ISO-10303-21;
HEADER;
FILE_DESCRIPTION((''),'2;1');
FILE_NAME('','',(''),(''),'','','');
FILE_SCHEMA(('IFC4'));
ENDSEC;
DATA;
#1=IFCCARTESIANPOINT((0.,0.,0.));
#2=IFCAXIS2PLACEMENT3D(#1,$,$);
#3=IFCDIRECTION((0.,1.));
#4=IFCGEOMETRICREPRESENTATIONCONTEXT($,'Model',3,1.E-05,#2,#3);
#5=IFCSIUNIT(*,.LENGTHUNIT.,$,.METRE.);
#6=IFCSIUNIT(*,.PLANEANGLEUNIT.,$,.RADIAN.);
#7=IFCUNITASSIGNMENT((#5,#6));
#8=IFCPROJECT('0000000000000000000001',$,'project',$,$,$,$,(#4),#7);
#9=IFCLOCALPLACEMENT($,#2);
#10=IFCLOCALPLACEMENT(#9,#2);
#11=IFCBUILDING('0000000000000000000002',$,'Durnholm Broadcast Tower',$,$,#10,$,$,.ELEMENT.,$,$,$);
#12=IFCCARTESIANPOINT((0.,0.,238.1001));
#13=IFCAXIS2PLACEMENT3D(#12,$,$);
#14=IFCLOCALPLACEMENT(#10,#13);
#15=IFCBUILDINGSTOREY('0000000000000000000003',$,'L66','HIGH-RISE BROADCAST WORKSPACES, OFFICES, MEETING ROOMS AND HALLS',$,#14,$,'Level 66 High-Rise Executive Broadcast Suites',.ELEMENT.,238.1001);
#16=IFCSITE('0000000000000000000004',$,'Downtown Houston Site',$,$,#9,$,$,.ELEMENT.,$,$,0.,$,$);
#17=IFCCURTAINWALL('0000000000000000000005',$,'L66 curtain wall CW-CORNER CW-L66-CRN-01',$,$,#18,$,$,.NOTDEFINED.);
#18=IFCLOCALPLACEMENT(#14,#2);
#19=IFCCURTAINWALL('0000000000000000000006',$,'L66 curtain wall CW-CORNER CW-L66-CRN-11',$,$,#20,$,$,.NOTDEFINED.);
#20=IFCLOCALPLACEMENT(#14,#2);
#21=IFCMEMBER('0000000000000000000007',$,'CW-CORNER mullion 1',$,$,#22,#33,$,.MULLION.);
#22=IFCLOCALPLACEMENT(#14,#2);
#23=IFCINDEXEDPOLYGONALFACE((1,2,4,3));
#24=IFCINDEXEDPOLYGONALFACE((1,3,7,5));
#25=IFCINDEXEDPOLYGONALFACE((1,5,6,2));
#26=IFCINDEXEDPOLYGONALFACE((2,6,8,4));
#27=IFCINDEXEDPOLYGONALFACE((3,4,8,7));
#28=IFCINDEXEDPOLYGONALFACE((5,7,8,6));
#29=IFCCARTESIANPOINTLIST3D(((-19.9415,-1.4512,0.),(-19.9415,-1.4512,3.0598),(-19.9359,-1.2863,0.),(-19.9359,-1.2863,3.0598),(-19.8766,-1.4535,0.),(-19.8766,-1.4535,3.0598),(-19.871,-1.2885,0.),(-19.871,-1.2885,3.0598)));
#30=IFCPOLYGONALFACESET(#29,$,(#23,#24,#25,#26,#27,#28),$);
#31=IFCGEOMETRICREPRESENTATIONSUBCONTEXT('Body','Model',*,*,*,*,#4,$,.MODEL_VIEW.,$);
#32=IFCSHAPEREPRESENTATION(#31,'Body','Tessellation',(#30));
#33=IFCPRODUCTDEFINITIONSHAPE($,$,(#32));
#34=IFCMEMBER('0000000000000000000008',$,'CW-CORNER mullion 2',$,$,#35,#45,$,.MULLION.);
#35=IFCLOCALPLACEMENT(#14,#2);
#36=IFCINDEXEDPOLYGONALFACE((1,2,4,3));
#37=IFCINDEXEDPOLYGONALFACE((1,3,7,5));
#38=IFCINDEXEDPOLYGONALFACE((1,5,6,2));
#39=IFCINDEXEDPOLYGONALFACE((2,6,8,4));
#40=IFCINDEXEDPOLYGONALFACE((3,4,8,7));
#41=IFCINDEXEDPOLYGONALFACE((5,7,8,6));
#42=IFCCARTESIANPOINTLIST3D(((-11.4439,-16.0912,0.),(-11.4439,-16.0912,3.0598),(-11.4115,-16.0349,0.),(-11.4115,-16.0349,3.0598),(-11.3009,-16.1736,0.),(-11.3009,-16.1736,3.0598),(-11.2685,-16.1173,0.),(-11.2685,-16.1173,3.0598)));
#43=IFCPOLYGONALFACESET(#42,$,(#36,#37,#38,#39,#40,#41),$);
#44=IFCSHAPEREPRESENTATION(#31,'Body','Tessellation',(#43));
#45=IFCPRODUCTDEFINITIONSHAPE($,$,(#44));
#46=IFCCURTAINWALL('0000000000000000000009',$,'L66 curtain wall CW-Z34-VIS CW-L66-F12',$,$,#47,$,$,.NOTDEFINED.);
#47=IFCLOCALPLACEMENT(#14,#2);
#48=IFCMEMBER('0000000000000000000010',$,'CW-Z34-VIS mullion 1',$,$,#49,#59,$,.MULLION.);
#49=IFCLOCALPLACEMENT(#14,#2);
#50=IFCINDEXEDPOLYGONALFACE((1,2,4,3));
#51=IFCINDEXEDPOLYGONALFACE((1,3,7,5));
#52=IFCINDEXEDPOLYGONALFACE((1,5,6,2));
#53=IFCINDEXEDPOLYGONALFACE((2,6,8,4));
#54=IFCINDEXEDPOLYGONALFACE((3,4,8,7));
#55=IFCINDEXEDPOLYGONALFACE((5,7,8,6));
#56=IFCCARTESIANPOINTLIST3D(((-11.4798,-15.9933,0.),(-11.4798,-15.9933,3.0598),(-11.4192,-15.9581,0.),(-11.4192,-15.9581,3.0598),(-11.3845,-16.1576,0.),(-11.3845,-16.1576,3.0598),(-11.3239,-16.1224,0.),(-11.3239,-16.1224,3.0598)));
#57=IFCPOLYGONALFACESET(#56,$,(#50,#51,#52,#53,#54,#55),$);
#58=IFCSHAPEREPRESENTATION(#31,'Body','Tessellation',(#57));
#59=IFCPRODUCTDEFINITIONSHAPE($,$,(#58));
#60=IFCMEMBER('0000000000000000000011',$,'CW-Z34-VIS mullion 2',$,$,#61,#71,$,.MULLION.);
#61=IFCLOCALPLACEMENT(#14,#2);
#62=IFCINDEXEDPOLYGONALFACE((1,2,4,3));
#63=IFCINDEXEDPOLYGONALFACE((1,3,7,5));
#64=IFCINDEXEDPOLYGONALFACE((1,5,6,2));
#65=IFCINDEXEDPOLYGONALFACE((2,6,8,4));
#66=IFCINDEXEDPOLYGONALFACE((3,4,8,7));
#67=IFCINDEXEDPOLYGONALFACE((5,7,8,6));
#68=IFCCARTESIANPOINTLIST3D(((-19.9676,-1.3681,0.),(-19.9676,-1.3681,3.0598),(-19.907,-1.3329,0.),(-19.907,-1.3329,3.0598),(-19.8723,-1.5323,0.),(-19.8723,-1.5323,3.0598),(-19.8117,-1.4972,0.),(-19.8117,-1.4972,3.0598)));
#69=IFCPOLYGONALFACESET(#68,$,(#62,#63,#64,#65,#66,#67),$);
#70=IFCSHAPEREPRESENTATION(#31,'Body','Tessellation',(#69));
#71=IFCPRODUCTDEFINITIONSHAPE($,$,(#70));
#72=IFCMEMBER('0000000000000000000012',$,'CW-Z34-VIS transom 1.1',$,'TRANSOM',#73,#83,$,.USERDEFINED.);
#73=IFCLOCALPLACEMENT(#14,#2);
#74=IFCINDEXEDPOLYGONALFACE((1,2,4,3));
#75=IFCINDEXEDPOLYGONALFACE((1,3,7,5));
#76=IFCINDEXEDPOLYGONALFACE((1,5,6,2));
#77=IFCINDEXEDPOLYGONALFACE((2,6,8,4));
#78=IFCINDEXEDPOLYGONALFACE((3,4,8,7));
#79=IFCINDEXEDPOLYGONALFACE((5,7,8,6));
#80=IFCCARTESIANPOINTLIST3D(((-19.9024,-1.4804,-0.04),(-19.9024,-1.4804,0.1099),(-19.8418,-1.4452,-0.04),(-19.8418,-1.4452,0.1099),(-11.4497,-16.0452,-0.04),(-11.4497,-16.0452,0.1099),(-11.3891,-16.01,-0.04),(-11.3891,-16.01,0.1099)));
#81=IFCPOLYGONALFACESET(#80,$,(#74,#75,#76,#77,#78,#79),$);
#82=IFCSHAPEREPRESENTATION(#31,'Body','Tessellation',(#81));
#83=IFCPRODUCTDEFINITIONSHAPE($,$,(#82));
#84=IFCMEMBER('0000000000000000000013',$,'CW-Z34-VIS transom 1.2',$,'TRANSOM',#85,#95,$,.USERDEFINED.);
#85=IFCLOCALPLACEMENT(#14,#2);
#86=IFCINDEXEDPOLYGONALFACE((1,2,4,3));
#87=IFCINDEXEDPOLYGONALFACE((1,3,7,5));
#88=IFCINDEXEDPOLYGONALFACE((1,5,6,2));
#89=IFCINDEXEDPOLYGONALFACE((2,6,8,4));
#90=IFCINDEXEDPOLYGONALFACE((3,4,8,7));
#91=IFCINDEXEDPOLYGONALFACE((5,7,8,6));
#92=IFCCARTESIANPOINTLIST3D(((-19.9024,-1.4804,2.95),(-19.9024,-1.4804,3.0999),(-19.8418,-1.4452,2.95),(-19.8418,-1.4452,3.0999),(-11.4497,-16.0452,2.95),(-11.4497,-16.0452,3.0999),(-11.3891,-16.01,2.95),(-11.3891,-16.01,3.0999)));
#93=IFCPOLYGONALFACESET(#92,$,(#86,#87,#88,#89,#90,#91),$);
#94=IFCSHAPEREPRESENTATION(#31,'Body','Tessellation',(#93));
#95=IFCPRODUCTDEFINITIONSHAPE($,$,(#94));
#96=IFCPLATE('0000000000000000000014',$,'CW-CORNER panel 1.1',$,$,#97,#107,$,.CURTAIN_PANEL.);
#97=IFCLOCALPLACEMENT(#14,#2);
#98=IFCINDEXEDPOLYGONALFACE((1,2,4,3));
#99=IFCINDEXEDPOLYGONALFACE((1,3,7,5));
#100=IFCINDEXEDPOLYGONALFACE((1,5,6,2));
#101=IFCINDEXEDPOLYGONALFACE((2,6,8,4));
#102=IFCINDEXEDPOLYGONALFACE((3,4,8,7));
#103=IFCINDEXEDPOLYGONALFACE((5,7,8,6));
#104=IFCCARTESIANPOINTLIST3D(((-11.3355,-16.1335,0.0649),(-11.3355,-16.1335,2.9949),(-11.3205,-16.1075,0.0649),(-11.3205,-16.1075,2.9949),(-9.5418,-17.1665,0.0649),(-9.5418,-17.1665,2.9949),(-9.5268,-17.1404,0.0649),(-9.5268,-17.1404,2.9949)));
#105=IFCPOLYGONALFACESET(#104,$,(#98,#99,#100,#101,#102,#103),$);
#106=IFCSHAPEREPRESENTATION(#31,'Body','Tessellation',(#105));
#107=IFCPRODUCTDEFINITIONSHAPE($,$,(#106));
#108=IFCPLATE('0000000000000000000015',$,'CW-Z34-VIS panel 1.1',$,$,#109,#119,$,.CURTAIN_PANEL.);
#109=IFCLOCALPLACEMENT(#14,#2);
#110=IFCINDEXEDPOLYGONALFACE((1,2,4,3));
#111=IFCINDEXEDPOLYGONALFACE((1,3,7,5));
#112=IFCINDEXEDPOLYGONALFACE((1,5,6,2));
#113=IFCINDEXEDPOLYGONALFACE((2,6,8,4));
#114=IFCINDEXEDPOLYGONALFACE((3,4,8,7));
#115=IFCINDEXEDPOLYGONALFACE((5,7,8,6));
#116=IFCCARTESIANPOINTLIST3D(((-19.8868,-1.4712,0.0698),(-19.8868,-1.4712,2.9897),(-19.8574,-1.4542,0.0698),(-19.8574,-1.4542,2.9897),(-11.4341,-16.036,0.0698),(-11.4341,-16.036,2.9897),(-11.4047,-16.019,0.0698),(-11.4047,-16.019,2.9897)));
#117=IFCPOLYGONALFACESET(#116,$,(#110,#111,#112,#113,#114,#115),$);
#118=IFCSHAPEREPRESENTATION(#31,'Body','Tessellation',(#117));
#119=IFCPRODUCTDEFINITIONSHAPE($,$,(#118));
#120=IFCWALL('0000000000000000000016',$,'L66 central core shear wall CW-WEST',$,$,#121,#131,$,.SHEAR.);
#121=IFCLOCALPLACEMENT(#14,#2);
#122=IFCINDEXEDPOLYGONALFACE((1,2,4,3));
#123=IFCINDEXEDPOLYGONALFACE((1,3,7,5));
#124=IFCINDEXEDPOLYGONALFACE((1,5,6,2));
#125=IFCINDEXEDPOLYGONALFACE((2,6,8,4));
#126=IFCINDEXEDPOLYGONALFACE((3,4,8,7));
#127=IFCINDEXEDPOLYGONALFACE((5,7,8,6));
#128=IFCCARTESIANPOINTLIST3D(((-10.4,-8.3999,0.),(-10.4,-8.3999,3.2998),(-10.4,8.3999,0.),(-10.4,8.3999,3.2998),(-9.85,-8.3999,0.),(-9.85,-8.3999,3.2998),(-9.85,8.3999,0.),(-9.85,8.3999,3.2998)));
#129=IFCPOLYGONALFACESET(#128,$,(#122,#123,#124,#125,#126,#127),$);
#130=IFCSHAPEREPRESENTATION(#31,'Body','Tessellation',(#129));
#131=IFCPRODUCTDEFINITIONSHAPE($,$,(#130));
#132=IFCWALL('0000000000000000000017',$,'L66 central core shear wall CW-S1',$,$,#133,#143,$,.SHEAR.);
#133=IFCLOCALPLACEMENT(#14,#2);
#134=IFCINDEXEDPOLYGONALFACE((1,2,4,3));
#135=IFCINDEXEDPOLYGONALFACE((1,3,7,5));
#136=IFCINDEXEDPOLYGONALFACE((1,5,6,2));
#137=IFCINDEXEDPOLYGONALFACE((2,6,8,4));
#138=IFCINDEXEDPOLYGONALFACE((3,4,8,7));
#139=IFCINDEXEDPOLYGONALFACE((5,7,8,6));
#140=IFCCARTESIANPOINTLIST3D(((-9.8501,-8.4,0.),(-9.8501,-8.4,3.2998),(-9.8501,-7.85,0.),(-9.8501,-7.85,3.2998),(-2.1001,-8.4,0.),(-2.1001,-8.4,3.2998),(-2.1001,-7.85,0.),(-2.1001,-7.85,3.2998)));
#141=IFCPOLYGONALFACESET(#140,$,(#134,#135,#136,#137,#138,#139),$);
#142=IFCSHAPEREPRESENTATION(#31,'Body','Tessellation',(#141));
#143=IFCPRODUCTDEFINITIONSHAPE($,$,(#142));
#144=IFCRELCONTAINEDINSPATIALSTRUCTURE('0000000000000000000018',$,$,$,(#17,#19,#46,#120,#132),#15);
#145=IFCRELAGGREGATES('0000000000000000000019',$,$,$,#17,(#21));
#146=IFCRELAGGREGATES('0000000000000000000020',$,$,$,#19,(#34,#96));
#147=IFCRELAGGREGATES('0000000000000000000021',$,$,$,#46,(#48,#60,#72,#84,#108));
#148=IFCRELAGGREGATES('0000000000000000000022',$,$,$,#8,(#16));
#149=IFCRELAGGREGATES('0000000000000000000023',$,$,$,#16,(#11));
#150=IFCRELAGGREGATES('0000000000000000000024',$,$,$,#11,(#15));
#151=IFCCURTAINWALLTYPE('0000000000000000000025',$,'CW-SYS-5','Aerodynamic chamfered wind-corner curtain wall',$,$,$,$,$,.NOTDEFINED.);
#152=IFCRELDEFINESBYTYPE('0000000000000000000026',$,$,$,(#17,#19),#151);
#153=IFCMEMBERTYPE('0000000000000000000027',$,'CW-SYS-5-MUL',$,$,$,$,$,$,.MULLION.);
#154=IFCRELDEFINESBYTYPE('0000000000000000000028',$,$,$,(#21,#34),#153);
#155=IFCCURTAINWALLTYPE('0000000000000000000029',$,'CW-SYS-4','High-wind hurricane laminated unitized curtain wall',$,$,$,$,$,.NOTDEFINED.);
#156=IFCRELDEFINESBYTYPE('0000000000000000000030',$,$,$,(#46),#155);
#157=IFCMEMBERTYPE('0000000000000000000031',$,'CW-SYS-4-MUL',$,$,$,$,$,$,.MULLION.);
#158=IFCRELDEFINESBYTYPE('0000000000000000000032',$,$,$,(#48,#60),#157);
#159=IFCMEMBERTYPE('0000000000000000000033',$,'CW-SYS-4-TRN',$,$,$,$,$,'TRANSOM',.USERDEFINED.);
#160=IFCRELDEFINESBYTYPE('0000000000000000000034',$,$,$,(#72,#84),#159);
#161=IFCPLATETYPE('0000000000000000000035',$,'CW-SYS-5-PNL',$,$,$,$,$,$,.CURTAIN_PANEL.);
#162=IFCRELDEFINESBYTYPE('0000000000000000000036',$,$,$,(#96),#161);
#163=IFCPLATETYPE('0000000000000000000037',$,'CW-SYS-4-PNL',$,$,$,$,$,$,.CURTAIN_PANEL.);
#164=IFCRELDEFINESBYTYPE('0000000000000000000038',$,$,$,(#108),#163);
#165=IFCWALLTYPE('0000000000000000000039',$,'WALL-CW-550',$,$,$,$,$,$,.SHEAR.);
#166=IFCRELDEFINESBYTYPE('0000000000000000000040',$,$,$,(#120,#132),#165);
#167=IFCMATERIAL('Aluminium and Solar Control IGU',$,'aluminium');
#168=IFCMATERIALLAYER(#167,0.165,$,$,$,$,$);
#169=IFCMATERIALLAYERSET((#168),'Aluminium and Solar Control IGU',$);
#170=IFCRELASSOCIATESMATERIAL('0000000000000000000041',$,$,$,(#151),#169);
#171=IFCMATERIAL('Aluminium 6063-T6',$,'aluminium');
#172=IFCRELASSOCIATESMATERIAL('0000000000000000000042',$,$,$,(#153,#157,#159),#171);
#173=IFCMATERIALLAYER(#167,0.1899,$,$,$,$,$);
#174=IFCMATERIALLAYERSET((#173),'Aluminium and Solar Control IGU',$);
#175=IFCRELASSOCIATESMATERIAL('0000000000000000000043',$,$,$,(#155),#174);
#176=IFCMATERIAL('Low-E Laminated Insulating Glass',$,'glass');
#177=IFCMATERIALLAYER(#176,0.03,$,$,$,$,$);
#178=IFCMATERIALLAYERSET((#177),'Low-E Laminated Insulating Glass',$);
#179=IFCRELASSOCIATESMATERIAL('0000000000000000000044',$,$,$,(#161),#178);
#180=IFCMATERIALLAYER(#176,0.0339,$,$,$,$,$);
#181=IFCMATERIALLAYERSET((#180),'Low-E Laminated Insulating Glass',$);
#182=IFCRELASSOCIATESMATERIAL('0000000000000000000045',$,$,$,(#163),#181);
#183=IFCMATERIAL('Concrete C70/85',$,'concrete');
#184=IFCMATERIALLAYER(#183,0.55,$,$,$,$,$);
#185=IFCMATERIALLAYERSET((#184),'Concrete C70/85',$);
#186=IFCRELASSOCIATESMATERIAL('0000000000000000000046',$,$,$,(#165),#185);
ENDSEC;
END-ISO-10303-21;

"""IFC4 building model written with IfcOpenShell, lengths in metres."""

from ifc_helpers import new_model, si_unit, direction, frame, frame_2d, origin, origin_2d, place, context, subcontext, project, spatial, rectangle, extrude, source, transform, mapped, material, layer, layer_set, material_profile, profile_set, type_object, type_shapes, element, aggregate, save


model = new_model("IFC4")

# Units and contexts
model_context = context("Model", 3, precision=1e-05, world=origin(), true_north=direction((0.0, 1.0)))
body_context = subcontext(model_context, "Body", "Model", "MODEL_VIEW")
ifc_project = project(units=[si_unit("LENGTHUNIT", "METRE"), si_unit("PLANEANGLEUNIT", "RADIAN")], contexts=[model_context])

# Site, building, storey
site_placement = place(None, origin())
site = spatial("IfcSite", under=ifc_project, at=site_placement, Name="Downtown Houston Site", CompositionType="ELEMENT", RefElevation=0.0)
building_placement = place(site_placement, origin())
building = spatial("IfcBuilding", under=site, at=building_placement, Name="Durnholm Broadcast Tower", CompositionType="ELEMENT")
storey_placement = place(building_placement, frame((0.0, 0.0, 238.1001)))
storey = spatial("IfcBuildingStorey", under=building, at=storey_placement, Name="L66", Description="HIGH-RISE BROADCAST WORKSPACES, OFFICES, MEETING ROOMS AND HALLS", LongName="Level 66 High-Rise Executive Broadcast Suites", CompositionType="ELEMENT", Elevation=238.1001)

# Shared definitions
ifc_material_1 = material(Name="Concrete C70/85", Category="concrete")

# Curtain wall
ifc_material_2 = material(Name="Aluminium and Solar Control IGU", Category="aluminium")
ifc_layer_1 = layer(ifc_material_2, 0.165)
ifc_layer_set_1 = layer_set([ifc_layer_1], Name="Aluminium and Solar Control IGU")
curtain_wall_type_1 = type_object("IfcCurtainWallType", Name="CW-SYS-5", Description="Aerodynamic chamfered wind-corner curtain wall", PredefinedType="NOTDEFINED", material=ifc_layer_set_1)
curtain_wall_1_placement = place(storey_placement, origin())
curtain_wall_1 = element("IfcCurtainWall", 1, at=curtain_wall_1_placement, inside=storey, type_object=curtain_wall_type_1, Name="L66 curtain wall CW-CORNER CW-L66-CRN-01", PredefinedType="NOTDEFINED")
ifc_material_3 = material(Name="Aluminium 6063-T6", Category="aluminium")

# Curtain wall
curtain_wall_2_placement = place(storey_placement, origin())
curtain_wall_2 = element("IfcCurtainWall", 2, at=curtain_wall_2_placement, inside=storey, type_object=curtain_wall_type_1, Name="L66 curtain wall CW-CORNER CW-L66-CRN-11", PredefinedType="NOTDEFINED")

# Members
ifc_material_profile_1 = material_profile(ifc_material_3, rectangle(XDim=0.0649, YDim=0.165, at=origin_2d()), Name="CWM65X165")
ifc_profile_set_1 = profile_set([ifc_material_profile_1], Name="Aluminium 6063-T6")
member_type_1 = type_object("IfcMemberType", Name="CW-SYS-5-MUL", PredefinedType="MULLION", material=ifc_profile_set_1)
shared_shape_1 = source(origin(), body_context, "Body", "SweptSolid", [
    extrude(rectangle(XDim=0.0649, YDim=0.165, at=origin_2d()), origin(), (0.0, 0.0, 1.0), 3.0598),
])
type_shapes(member_type_1, [shared_shape_1])
member_1_placement = place(storey_placement, frame((-19.9062, -1.3699, 0.0), z_axis=(0.0, 0.0, 1.0), x_axis=(-0.999411, 0.034318, 0.0)))
member_1 = element("IfcMember", 3, at=member_1_placement, type_object=member_type_1, Name="CW-CORNER mullion 1", PredefinedType="MULLION", context=body_context, shape_type="MappedRepresentation", body=[
    mapped(shared_shape_1, transform((0.0, 0.0, 0.0), x_axis=(1.0, 0.0, 0.0), y_axis=(0.0, 1.0, 0.0), z_axis=(0.0, 0.0, 1.0), scale=1.0)),
])
aggregate(curtain_wall_1, [member_1])
member_2_placement = place(storey_placement, frame((-11.3562, -16.1042, 0.0), z_axis=(0.0, 0.0, 1.0), x_axis=(-0.499059, -0.866568, 0.0)))
member_2 = element("IfcMember", 4, at=member_2_placement, type_object=member_type_1, Name="CW-CORNER mullion 2", PredefinedType="MULLION", context=body_context, shape_type="MappedRepresentation", body=[
    mapped(shared_shape_1, transform((0.0, 0.0, 0.0), x_axis=(1.0, 0.0, 0.0), y_axis=(0.0, 1.0, 0.0), z_axis=(0.0, 0.0, 1.0), scale=1.0)),
])

# Curtain wall, members
ifc_layer_2 = layer(ifc_material_2, 0.1899)
ifc_layer_set_2 = layer_set([ifc_layer_2], Name="Aluminium and Solar Control IGU")
curtain_wall_type_2 = type_object("IfcCurtainWallType", Name="CW-SYS-4", Description="High-wind hurricane laminated unitized curtain wall", PredefinedType="NOTDEFINED", material=ifc_layer_set_2)
curtain_wall_3_placement = place(storey_placement, origin())
curtain_wall_3 = element("IfcCurtainWall", 5, at=curtain_wall_3_placement, inside=storey, type_object=curtain_wall_type_2, Name="L66 curtain wall CW-Z34-VIS CW-L66-F12", PredefinedType="NOTDEFINED")
ifc_material_profile_2 = material_profile(ifc_material_3, rectangle(XDim=0.0701, YDim=0.1899, at=origin_2d()), Name="CWM70X190")
ifc_profile_set_2 = profile_set([ifc_material_profile_2], Name="Aluminium 6063-T6")
member_type_2 = type_object("IfcMemberType", Name="CW-SYS-4-MUL", PredefinedType="MULLION", material=ifc_profile_set_2)
shared_shape_2 = source(origin(), body_context, "Body", "SweptSolid", [
    extrude(rectangle(XDim=0.0701, YDim=0.1899, at=origin_2d()), origin(), (0.0, 0.0, 1.0), 3.0598),
])
type_shapes(member_type_2, [shared_shape_2])
member_3_placement = place(storey_placement, frame((-11.4019, -16.0579, 0.0), z_axis=(0.0, 0.0, 1.0), x_axis=(-0.8649, -0.501944, 0.0)))
member_3 = element("IfcMember", 6, at=member_3_placement, type_object=member_type_2, Name="CW-Z34-VIS mullion 1", PredefinedType="MULLION", context=body_context, shape_type="MappedRepresentation", body=[
    mapped(shared_shape_2, transform((0.0, 0.0, 0.0), x_axis=(1.0, 0.0, 0.0), y_axis=(0.0, 1.0, 0.0), z_axis=(0.0, 0.0, 1.0), scale=1.0)),
])
member_4_placement = place(storey_placement, frame((-19.8896, -1.4326, 0.0), z_axis=(0.0, 0.0, 1.0), x_axis=(-0.8649, -0.501944, 0.0)))
member_4 = element("IfcMember", 7, at=member_4_placement, type_object=member_type_2, Name="CW-Z34-VIS mullion 2", PredefinedType="MULLION", context=body_context, shape_type="MappedRepresentation", body=[
    mapped(shared_shape_2, transform((0.0, 0.0, 0.0), x_axis=(1.0, 0.0, 0.0), y_axis=(0.0, 1.0, 0.0), z_axis=(0.0, 0.0, 1.0), scale=1.0)),
])
ifc_material_profile_3 = material_profile(ifc_material_3, rectangle(XDim=0.0701, YDim=0.1499, at=origin_2d()), Name="CWT70X150")
ifc_profile_set_3 = profile_set([ifc_material_profile_3], Name="Aluminium 6063-T6")
member_type_3 = type_object("IfcMemberType", Name="CW-SYS-4-TRN", ElementType="TRANSOM", PredefinedType="USERDEFINED", material=ifc_profile_set_3)
shared_shape_3 = source(origin(), body_context, "Body", "SweptSolid", [
    extrude(rectangle(XDim=0.0701, YDim=0.1499, at=origin_2d()), origin(), (0.0, 0.0, 1.0), 16.8398),
])
type_shapes(member_type_3, [shared_shape_3])
member_5_placement = place(storey_placement, frame((-11.4194, -16.0276, 0.0349), z_axis=(-0.501945, 0.864899, 0.0), x_axis=(-0.864899, -0.501945, 0.0)))
member_5 = element("IfcMember", 8, at=member_5_placement, type_object=member_type_3, Name="CW-Z34-VIS transom 1.1", ObjectType="TRANSOM", PredefinedType="USERDEFINED", context=body_context, shape_type="MappedRepresentation", body=[
    mapped(shared_shape_3, transform((0.0, 0.0, 0.0), x_axis=(1.0, 0.0, 0.0), y_axis=(0.0, 1.0, 0.0), z_axis=(0.0, 0.0, 1.0), scale=1.0)),
])
member_6_placement = place(storey_placement, frame((-11.4194, -16.0276, 3.0249), z_axis=(-0.501945, 0.864899, 0.0), x_axis=(-0.864899, -0.501945, 0.0)))
member_6 = element("IfcMember", 9, at=member_6_placement, type_object=member_type_3, Name="CW-Z34-VIS transom 1.2", ObjectType="TRANSOM", PredefinedType="USERDEFINED", context=body_context, shape_type="MappedRepresentation", body=[
    mapped(shared_shape_3, transform((0.0, 0.0, 0.0), x_axis=(1.0, 0.0, 0.0), y_axis=(0.0, 1.0, 0.0), z_axis=(0.0, 0.0, 1.0), scale=1.0)),
])

# Plates
ifc_material_4 = material(Name="Low-E Laminated Insulating Glass", Category="glass")
ifc_layer_3 = layer(ifc_material_4, 0.03)
ifc_layer_set_3 = layer_set([ifc_layer_3], Name="Low-E Laminated Insulating Glass")
plate_type_1 = type_object("IfcPlateType", Name="CW-SYS-5-PNL", PredefinedType="CURTAIN_PANEL", material=ifc_layer_set_3)
shared_shape_4 = source(origin(), body_context, "Body", "SweptSolid", [
    extrude(rectangle(XDim=2.0698, YDim=0.03, at=origin_2d()), origin(), (0.0, 0.0, 1.0), 2.9299),
])
type_shapes(plate_type_1, [shared_shape_4])
plate_1_placement = place(storey_placement, frame((-10.4312, -16.637, 0.0649), z_axis=(0.0, 0.0, 1.0), x_axis=(-0.866568, 0.499059, 0.0)))
plate_1 = element("IfcPlate", 10, at=plate_1_placement, type_object=plate_type_1, Name="CW-CORNER panel 1.1", PredefinedType="CURTAIN_PANEL", context=body_context, shape_type="MappedRepresentation", body=[
    mapped(shared_shape_4, transform((0.0, 0.0, 0.0), x_axis=(1.0, 0.0, 0.0), y_axis=(0.0, 1.0, 0.0), z_axis=(0.0, 0.0, 1.0), scale=1.0)),
])
aggregate(curtain_wall_2, [member_2, plate_1])
ifc_layer_4 = layer(ifc_material_4, 0.0339)
ifc_layer_set_4 = layer_set([ifc_layer_4], Name="Low-E Laminated Insulating Glass")
plate_type_2 = type_object("IfcPlateType", Name="CW-SYS-4-PNL", PredefinedType="CURTAIN_PANEL", material=ifc_layer_set_4)
shared_shape_5 = source(origin(), body_context, "Body", "SweptSolid", [
    extrude(rectangle(XDim=16.8398, YDim=0.0339, at=origin_2d()), origin(), (0.0, 0.0, 1.0), 2.9199),
])
type_shapes(plate_type_2, [shared_shape_5])
plate_2_placement = place(storey_placement, frame((-15.6458, -8.7451, 0.0698), z_axis=(0.0, 0.0, 1.0), x_axis=(-0.501944, 0.8649, 0.0)))
plate_2 = element("IfcPlate", 11, at=plate_2_placement, type_object=plate_type_2, Name="CW-Z34-VIS panel 1.1", PredefinedType="CURTAIN_PANEL", context=body_context, shape_type="MappedRepresentation", body=[
    mapped(shared_shape_5, transform((0.0, 0.0, 0.0), x_axis=(1.0, 0.0, 0.0), y_axis=(0.0, 1.0, 0.0), z_axis=(0.0, 0.0, 1.0), scale=1.0)),
])
aggregate(curtain_wall_3, [member_3, member_4, member_5, member_6, plate_2])

# Walls
ifc_layer_5 = layer(ifc_material_1, 0.55)
ifc_layer_set_5 = layer_set([ifc_layer_5], Name="Concrete C70/85")
wall_type_1 = type_object("IfcWallType", Name="WALL-CW-550", PredefinedType="SHEAR", material=ifc_layer_set_5)
wall_1_placement = place(storey_placement, frame((-10.125, -8.3999, 0.0), z_axis=(0.0, 0.0, 1.0), x_axis=(0.0, 1.0, 0.0)))
element("IfcWall", 12, at=wall_1_placement, inside=storey, type_object=wall_type_1, Name="L66 central core shear wall CW-WEST", PredefinedType="SHEAR", context=body_context, shape_type="SweptSolid", body=[
    extrude(rectangle(XDim=16.7998, YDim=0.55, at=frame_2d((8.3999, 0.0))), origin(), (0.0, 0.0, 1.0), 3.2998),
])
wall_2_placement = place(storey_placement, frame((-9.8501, -8.125, 0.0), z_axis=(0.0, 0.0, 1.0), x_axis=(1.0, 0.0, 0.0)))
element("IfcWall", 13, at=wall_2_placement, inside=storey, type_object=wall_type_1, Name="L66 central core shear wall CW-S1", PredefinedType="SHEAR", context=body_context, shape_type="SweptSolid", body=[
    extrude(rectangle(XDim=7.75, YDim=0.55, at=frame_2d((3.875, 0.0))), origin(), (0.0, 0.0, 1.0), 3.2998),
])

save(model, "model.ifc")
